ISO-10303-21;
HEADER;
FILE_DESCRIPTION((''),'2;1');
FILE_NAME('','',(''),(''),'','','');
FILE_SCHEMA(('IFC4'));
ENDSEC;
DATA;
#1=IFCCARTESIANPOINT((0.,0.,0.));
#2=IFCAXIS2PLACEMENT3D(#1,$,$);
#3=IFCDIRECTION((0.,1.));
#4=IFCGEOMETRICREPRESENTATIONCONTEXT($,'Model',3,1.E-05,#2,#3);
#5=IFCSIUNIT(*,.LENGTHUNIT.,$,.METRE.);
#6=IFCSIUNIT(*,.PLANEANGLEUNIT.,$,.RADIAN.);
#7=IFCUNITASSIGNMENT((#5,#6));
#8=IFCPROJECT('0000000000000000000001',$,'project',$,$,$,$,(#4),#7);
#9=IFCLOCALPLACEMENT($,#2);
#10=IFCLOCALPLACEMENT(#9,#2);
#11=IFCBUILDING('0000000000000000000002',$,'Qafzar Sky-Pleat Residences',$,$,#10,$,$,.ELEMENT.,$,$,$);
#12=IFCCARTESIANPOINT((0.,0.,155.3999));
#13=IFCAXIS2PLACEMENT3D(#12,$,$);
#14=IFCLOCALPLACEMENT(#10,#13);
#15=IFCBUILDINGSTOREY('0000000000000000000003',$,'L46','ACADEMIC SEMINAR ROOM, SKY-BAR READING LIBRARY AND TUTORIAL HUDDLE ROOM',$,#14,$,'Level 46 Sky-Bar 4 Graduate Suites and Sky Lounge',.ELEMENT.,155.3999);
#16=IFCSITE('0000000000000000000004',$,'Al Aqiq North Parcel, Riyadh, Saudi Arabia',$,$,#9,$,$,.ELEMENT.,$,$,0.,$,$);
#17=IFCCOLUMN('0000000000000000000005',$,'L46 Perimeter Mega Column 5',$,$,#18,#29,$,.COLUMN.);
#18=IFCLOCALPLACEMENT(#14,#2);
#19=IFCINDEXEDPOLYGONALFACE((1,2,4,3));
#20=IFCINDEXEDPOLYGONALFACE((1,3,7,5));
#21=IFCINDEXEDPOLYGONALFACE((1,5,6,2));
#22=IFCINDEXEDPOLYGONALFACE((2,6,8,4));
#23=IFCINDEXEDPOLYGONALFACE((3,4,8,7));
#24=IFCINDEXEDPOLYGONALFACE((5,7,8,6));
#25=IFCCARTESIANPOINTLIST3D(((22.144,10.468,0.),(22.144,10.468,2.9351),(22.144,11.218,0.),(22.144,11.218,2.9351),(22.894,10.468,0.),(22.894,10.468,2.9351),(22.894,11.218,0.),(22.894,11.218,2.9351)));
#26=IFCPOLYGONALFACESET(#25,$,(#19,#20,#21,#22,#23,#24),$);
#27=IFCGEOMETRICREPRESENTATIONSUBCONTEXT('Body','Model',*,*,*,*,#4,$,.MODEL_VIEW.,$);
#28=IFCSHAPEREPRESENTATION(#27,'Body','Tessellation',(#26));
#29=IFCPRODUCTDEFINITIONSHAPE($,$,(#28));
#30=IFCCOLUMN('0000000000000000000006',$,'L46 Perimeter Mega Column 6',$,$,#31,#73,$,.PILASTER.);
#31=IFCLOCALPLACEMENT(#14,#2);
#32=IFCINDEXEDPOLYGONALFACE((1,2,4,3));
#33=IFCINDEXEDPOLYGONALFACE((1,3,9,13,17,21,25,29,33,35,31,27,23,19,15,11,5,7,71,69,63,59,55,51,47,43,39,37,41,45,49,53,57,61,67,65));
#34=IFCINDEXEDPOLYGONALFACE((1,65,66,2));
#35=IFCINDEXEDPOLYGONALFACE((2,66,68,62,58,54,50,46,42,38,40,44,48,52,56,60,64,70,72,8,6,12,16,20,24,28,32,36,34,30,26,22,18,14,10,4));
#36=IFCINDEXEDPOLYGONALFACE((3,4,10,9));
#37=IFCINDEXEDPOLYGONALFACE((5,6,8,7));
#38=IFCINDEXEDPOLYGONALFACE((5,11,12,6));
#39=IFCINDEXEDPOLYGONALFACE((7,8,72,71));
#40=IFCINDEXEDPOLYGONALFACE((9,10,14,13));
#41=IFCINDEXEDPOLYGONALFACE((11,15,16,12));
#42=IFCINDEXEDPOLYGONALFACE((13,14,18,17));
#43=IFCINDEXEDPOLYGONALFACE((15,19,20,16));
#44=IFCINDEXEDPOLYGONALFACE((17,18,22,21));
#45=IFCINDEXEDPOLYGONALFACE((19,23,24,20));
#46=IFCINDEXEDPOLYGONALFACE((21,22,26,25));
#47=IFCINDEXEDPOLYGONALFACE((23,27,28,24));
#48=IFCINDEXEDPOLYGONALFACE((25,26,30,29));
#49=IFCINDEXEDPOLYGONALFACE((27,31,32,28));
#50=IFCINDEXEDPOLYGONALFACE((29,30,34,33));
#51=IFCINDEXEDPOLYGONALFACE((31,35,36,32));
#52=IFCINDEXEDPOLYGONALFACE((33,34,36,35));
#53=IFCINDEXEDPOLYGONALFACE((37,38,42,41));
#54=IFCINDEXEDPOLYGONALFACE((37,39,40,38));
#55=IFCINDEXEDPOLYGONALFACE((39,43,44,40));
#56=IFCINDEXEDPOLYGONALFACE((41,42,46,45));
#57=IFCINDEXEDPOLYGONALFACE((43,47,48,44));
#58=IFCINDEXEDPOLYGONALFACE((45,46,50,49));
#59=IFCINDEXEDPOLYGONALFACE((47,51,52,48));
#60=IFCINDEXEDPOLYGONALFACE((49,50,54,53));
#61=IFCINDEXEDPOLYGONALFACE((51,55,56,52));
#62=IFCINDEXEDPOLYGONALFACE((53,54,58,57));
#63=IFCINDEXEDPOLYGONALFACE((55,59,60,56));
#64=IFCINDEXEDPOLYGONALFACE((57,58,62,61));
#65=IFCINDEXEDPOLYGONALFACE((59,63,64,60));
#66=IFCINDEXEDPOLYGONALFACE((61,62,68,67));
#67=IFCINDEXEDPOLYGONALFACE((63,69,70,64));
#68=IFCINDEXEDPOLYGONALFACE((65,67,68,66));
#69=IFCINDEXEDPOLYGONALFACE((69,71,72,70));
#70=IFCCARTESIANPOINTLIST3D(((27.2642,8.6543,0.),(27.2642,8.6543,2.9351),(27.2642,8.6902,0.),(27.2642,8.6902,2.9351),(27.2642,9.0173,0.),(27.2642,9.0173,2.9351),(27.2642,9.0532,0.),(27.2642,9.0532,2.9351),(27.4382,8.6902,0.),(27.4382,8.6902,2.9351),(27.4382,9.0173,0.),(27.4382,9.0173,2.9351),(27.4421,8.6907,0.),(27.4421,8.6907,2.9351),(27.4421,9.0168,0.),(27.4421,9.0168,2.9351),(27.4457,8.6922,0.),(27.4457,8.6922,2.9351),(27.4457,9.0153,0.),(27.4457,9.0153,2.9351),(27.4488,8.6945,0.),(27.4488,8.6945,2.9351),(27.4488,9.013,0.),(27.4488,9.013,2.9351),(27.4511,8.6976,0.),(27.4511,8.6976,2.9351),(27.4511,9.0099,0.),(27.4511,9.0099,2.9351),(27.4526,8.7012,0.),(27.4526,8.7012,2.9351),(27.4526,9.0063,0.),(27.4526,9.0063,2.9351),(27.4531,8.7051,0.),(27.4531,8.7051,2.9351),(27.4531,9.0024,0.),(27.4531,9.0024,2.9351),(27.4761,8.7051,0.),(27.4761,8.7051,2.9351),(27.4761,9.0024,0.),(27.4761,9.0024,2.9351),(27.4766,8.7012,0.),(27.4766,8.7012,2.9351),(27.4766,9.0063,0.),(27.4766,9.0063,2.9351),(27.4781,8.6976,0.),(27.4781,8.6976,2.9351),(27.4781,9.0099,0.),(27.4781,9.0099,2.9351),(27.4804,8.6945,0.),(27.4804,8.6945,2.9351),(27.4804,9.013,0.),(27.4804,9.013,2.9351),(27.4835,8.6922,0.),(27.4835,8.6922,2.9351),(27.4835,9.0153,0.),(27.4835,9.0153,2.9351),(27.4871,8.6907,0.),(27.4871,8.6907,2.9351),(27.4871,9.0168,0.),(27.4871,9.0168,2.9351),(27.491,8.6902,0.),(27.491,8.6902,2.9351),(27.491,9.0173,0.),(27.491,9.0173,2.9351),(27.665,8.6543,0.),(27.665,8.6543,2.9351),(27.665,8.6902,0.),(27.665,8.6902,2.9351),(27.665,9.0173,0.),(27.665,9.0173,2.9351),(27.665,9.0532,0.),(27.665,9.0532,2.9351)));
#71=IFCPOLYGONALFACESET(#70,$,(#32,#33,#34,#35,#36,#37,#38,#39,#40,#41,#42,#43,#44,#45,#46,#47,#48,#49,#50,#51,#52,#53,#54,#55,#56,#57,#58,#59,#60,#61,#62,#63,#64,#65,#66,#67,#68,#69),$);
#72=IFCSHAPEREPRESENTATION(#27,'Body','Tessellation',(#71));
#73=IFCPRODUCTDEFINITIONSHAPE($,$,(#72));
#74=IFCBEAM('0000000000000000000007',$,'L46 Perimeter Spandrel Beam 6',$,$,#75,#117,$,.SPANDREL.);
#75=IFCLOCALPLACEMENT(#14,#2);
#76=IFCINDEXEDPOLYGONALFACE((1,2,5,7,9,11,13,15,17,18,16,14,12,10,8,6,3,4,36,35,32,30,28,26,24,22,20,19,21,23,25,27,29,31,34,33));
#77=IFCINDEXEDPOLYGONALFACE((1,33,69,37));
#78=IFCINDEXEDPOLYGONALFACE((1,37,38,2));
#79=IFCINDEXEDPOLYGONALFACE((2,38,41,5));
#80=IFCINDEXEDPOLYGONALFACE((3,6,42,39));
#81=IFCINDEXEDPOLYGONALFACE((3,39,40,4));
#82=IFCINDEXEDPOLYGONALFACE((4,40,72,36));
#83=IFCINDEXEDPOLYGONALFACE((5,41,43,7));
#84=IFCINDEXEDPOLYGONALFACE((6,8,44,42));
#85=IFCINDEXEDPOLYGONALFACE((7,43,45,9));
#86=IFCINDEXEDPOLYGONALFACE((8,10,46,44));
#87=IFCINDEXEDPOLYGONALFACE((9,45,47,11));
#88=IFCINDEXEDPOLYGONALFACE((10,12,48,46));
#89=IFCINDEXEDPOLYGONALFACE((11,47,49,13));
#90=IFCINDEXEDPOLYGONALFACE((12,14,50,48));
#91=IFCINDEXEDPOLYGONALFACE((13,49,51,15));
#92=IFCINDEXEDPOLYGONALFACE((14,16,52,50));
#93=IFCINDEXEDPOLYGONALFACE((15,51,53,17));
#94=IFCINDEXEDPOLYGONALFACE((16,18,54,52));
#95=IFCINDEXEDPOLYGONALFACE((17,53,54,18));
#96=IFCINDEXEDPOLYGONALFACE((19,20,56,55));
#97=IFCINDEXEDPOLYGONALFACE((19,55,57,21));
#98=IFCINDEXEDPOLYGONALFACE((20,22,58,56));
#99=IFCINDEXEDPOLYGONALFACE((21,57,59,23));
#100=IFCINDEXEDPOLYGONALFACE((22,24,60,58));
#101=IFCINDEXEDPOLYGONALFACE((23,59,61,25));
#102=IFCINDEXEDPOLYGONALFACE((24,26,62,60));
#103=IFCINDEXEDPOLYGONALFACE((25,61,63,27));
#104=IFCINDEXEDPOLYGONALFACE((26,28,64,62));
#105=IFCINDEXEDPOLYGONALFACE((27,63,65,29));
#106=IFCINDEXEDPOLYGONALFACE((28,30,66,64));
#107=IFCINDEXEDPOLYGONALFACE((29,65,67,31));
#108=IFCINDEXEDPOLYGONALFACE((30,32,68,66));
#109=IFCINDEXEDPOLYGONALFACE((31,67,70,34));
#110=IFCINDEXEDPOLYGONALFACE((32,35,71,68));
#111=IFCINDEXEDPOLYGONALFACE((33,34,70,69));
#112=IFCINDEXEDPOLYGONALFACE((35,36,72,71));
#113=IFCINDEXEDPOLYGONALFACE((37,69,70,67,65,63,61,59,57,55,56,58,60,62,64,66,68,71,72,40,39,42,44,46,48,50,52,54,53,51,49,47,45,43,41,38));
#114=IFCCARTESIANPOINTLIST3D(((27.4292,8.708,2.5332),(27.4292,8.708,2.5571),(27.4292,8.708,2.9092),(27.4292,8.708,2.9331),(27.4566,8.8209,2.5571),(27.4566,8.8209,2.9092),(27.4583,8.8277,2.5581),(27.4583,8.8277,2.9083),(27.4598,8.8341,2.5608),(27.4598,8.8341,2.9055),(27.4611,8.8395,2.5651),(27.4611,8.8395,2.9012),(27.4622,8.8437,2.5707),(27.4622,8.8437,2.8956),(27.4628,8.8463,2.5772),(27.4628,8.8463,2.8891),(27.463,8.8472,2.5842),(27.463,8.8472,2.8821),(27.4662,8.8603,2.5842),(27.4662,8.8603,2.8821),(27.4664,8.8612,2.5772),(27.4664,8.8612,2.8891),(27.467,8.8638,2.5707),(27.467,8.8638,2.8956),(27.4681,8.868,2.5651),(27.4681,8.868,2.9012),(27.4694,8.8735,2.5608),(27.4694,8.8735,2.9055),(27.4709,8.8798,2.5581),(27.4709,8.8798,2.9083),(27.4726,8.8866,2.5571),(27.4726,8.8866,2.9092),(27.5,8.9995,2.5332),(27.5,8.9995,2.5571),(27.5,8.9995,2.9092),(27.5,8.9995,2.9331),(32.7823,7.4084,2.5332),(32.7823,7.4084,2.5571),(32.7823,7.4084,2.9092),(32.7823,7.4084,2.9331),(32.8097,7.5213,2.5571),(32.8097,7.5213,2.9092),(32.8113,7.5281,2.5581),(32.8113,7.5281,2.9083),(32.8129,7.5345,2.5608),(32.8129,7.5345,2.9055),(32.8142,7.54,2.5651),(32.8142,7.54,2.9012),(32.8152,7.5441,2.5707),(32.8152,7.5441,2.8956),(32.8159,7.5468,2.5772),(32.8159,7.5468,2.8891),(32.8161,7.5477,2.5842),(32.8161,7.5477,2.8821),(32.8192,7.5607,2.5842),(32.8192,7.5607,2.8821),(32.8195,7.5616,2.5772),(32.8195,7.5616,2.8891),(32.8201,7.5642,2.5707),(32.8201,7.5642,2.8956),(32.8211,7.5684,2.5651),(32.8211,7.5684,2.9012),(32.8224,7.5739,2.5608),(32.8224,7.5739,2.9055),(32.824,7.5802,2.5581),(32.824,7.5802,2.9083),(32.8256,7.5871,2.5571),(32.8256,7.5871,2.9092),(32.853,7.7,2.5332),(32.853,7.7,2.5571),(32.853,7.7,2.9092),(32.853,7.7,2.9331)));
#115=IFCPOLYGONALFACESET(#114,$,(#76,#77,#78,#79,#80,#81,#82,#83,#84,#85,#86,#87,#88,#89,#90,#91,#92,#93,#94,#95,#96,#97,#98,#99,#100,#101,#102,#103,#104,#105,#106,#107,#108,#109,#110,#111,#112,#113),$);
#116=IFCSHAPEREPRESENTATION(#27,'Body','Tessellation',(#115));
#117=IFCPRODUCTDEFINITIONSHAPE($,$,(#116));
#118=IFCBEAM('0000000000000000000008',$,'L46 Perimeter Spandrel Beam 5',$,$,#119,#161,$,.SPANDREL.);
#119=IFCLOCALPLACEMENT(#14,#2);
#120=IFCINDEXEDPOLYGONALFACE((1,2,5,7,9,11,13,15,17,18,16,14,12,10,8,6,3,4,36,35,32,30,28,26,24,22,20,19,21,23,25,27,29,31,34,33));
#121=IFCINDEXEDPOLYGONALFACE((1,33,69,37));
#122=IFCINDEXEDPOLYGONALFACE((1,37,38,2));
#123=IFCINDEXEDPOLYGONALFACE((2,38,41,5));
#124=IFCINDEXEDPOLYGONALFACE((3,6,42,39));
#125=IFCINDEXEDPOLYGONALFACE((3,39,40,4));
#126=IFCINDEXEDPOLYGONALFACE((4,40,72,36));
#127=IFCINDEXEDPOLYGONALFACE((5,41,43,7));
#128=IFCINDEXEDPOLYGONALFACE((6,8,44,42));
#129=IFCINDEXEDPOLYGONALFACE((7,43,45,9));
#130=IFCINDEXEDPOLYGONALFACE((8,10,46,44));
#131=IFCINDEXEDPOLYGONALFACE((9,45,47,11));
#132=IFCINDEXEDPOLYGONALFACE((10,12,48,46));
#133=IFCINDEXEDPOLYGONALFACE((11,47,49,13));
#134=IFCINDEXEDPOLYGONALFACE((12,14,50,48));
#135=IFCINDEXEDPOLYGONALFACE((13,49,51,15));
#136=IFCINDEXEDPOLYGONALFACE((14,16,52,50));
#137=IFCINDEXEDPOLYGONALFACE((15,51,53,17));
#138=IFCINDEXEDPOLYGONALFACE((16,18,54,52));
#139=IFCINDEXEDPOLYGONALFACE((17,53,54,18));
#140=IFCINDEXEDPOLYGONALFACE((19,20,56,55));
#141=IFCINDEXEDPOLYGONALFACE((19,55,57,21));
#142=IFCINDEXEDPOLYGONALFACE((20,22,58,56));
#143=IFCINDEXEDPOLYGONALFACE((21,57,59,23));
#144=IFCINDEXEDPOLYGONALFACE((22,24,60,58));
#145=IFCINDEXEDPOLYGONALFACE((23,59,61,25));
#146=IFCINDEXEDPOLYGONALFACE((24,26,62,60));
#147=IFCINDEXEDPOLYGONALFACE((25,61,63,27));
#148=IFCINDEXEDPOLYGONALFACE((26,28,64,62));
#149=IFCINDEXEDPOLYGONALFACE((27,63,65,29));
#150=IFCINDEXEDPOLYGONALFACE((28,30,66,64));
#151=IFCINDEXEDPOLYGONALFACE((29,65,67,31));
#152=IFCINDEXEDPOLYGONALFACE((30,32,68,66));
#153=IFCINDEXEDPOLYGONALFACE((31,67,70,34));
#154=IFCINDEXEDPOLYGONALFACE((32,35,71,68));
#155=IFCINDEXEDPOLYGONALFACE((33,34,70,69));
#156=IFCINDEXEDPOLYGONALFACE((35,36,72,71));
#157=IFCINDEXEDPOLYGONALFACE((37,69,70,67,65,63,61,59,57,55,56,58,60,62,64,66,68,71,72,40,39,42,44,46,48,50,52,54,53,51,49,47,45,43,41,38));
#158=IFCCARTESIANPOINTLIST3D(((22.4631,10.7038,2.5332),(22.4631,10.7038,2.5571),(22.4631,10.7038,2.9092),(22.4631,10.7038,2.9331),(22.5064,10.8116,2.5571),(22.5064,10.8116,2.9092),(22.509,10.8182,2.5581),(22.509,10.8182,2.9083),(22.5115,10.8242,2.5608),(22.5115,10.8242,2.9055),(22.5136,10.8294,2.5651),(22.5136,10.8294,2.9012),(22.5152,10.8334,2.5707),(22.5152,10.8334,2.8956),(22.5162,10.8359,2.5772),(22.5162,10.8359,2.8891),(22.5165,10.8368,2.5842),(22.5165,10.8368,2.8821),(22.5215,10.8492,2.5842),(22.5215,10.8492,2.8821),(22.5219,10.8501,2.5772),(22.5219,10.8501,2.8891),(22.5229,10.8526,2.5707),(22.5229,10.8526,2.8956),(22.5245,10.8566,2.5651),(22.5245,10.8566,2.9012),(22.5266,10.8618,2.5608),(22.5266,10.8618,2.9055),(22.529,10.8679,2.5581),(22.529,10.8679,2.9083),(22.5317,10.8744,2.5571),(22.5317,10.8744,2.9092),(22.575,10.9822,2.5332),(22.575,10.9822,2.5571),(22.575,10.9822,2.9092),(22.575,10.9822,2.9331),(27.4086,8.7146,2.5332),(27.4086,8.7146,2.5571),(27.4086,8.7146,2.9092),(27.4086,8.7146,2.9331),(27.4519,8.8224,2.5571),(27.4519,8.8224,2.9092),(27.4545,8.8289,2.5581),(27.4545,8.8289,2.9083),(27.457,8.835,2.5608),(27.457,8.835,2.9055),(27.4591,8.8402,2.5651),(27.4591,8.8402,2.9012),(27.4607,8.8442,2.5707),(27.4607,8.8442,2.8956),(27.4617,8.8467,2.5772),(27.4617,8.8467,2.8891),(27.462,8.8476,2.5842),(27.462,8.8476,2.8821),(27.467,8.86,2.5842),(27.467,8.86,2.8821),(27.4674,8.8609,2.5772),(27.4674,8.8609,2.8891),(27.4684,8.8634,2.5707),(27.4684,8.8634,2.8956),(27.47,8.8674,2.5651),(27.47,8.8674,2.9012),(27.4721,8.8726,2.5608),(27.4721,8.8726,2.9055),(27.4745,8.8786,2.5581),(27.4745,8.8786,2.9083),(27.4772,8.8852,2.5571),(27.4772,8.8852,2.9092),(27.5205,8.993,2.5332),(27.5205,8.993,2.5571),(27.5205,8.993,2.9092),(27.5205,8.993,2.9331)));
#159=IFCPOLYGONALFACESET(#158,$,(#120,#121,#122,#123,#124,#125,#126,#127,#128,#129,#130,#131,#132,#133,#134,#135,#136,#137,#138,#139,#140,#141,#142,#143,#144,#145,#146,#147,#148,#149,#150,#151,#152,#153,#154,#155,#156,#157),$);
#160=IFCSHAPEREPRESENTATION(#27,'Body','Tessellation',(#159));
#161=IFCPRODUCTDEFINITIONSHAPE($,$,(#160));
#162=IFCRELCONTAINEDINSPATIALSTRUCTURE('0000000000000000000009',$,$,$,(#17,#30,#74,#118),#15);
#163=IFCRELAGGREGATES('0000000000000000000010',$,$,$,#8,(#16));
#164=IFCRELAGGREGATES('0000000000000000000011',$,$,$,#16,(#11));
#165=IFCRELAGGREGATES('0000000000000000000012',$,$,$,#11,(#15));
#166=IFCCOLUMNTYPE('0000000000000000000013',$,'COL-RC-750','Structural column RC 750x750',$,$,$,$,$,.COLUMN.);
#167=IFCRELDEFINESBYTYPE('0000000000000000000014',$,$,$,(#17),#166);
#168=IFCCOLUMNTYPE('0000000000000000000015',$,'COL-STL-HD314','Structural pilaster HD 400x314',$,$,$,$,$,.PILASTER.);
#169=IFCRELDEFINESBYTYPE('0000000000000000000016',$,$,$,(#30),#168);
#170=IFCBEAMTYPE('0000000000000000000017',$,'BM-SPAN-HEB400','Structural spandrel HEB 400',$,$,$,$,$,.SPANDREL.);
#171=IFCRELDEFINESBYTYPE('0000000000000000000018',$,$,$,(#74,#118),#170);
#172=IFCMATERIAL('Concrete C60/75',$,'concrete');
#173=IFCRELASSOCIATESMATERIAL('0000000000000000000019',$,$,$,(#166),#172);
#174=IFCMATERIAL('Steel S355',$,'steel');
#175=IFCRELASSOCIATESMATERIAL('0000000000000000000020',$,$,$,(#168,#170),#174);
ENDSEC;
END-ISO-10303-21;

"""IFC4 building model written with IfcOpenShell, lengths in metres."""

from ifc_helpers import new_model, si_unit, direction, frame, origin, origin_2d, place, context, subcontext, project, spatial, rectangle, i_section, extrude, source, transform, mapped, material, material_profile, profile_set, type_object, element, save


model = new_model("IFC4")

# Units and contexts
model_context = context("Model", 3, precision=1e-05, world=origin(), true_north=direction((0.0, 1.0)))
body_context = subcontext(model_context, "Body", "Model", "MODEL_VIEW")
ifc_project = project(units=[si_unit("LENGTHUNIT", "METRE"), si_unit("PLANEANGLEUNIT", "RADIAN")], contexts=[model_context])

# Site, building, storey
site_placement = place(None, origin())
site = spatial("IfcSite", under=ifc_project, at=site_placement, Name="Al Aqiq North Parcel, Riyadh, Saudi Arabia", CompositionType="ELEMENT", RefElevation=0.0)
building_placement = place(site_placement, origin())
building = spatial("IfcBuilding", under=site, at=building_placement, Name="Qafzar Sky-Pleat Residences", CompositionType="ELEMENT")
storey_placement = place(building_placement, frame((0.0, 0.0, 155.3999)))
storey = spatial("IfcBuildingStorey", under=building, at=storey_placement, Name="L46", Description="ACADEMIC SEMINAR ROOM, SKY-BAR READING LIBRARY AND TUTORIAL HUDDLE ROOM", LongName="Level 46 Sky-Bar 4 Graduate Suites and Sky Lounge", CompositionType="ELEMENT", Elevation=155.3999)

# Columns
ifc_material_1 = material(Name="Concrete C60/75", Category="concrete")
ifc_material_profile_1 = material_profile(ifc_material_1, rectangle(XDim=0.75, YDim=0.75, at=origin_2d()), Name="RC 750x750")
ifc_profile_set_1 = profile_set([ifc_material_profile_1], Name="Concrete C60/75")
column_type_1 = type_object("IfcColumnType", Name="COL-RC-750", Description="Structural column RC 750x750", PredefinedType="COLUMN", material=ifc_profile_set_1)
shared_shape_1 = source(origin(), body_context, "Body", "SweptSolid", [
    extrude(rectangle(XDim=0.75, YDim=0.75, at=origin_2d()), origin(), (0.0, 0.0, 1.0), 2.9351),
])
column_1_placement = place(storey_placement, frame((22.519, 10.843, 0.0), z_axis=(0.0, 0.0, 1.0), x_axis=(1.0, 0.0, 0.0)))
element("IfcColumn", 1, at=column_1_placement, inside=storey, type_object=column_type_1, Name="L46 Perimeter Mega Column 5", PredefinedType="COLUMN", context=body_context, shape_type="MappedRepresentation", body=[
    mapped(shared_shape_1, transform((0.0, 0.0, 0.0), x_axis=(1.0, 0.0, 0.0), y_axis=(0.0, 1.0, 0.0), z_axis=(0.0, 0.0, 1.0), scale=1.0)),
])
ifc_material_2 = material(Name="Steel S355", Category="steel")
ifc_material_profile_2 = material_profile(ifc_material_2, i_section(OverallWidth=0.4009, OverallDepth=0.3989, WebThickness=0.0229, FlangeThickness=0.0359, FilletRadius=0.0149, at=origin_2d()), Name="HD 400x314")
ifc_profile_set_2 = profile_set([ifc_material_profile_2], Name="Steel S355")
column_type_2 = type_object("IfcColumnType", Name="COL-STL-HD314", Description="Structural pilaster HD 400x314", PredefinedType="PILASTER", material=ifc_profile_set_2)
shared_shape_2 = source(origin(), body_context, "Body", "SweptSolid", [
    extrude(i_section(OverallWidth=0.4009, OverallDepth=0.3989, WebThickness=0.0229, FlangeThickness=0.0359, FilletRadius=0.0149, at=origin_2d()), origin(), (0.0, 0.0, 1.0), 2.9351),
])
column_2_placement = place(storey_placement, frame((27.4646, 8.8538, 0.0), z_axis=(0.0, 0.0, 1.0), x_axis=(1.0, 0.0, 0.0)))
element("IfcColumn", 2, at=column_2_placement, inside=storey, type_object=column_type_2, Name="L46 Perimeter Mega Column 6", PredefinedType="PILASTER", context=body_context, shape_type="MappedRepresentation", body=[
    mapped(shared_shape_2, transform((0.0, 0.0, 0.0), x_axis=(1.0, 0.0, 0.0), y_axis=(0.0, 1.0, 0.0), z_axis=(0.0, 0.0, 1.0), scale=1.0)),
])

# Beams
ifc_material_profile_3 = material_profile(ifc_material_2, i_section(OverallWidth=0.3, OverallDepth=0.3999, WebThickness=0.0134, FlangeThickness=0.0239, FilletRadius=0.0271, at=origin_2d()), Name="HEB 400")
ifc_profile_set_3 = profile_set([ifc_material_profile_3], Name="Steel S355")
beam_type_1 = type_object("IfcBeamType", Name="BM-SPAN-HEB400", Description="Structural spandrel HEB 400", PredefinedType="SPANDREL", material=ifc_profile_set_3)
shared_shape_3 = source(origin(), body_context, "Body", "SweptSolid", [
    extrude(i_section(OverallWidth=0.3, OverallDepth=0.3999, WebThickness=0.0134, FlangeThickness=0.0239, FilletRadius=0.0271, at=origin_2d()), origin(), (0.0, 0.0, 1.0), 5.5085),
])
beam_1_placement = place(storey_placement, frame((27.4646, 8.8538, 2.7332), z_axis=(0.971773, -0.235918, 0.0), x_axis=(0.235918, 0.971773, 0.0)))
element("IfcBeam", 3, at=beam_1_placement, inside=storey, type_object=beam_type_1, Name="L46 Perimeter Spandrel Beam 6", PredefinedType="SPANDREL", context=body_context, shape_type="MappedRepresentation", body=[
    mapped(shared_shape_3, transform((0.0, 0.0, 0.0), x_axis=(1.0, 0.0, 0.0), y_axis=(0.0, 1.0, 0.0), z_axis=(0.0, 0.0, 1.0), scale=1.0)),
])
shared_shape_4 = source(origin(), body_context, "Body", "SweptSolid", [
    extrude(i_section(OverallWidth=0.3, OverallDepth=0.3999, WebThickness=0.0134, FlangeThickness=0.0239, FilletRadius=0.0271, at=origin_2d()), origin(), (0.0, 0.0, 1.0), 5.3306),
])
beam_2_placement = place(storey_placement, frame((22.519, 10.843, 2.7332), z_axis=(0.927761, -0.373175, 0.0), x_axis=(0.373175, 0.927761, 0.0)))
element("IfcBeam", 4, at=beam_2_placement, inside=storey, type_object=beam_type_1, Name="L46 Perimeter Spandrel Beam 5", PredefinedType="SPANDREL", context=body_context, shape_type="MappedRepresentation", body=[
    mapped(shared_shape_4, transform((0.0, 0.0, 0.0), x_axis=(1.0, 0.0, 0.0), y_axis=(0.0, 1.0, 0.0), z_axis=(0.0, 0.0, 1.0), scale=1.0)),
])

save(model, "model.ifc")
